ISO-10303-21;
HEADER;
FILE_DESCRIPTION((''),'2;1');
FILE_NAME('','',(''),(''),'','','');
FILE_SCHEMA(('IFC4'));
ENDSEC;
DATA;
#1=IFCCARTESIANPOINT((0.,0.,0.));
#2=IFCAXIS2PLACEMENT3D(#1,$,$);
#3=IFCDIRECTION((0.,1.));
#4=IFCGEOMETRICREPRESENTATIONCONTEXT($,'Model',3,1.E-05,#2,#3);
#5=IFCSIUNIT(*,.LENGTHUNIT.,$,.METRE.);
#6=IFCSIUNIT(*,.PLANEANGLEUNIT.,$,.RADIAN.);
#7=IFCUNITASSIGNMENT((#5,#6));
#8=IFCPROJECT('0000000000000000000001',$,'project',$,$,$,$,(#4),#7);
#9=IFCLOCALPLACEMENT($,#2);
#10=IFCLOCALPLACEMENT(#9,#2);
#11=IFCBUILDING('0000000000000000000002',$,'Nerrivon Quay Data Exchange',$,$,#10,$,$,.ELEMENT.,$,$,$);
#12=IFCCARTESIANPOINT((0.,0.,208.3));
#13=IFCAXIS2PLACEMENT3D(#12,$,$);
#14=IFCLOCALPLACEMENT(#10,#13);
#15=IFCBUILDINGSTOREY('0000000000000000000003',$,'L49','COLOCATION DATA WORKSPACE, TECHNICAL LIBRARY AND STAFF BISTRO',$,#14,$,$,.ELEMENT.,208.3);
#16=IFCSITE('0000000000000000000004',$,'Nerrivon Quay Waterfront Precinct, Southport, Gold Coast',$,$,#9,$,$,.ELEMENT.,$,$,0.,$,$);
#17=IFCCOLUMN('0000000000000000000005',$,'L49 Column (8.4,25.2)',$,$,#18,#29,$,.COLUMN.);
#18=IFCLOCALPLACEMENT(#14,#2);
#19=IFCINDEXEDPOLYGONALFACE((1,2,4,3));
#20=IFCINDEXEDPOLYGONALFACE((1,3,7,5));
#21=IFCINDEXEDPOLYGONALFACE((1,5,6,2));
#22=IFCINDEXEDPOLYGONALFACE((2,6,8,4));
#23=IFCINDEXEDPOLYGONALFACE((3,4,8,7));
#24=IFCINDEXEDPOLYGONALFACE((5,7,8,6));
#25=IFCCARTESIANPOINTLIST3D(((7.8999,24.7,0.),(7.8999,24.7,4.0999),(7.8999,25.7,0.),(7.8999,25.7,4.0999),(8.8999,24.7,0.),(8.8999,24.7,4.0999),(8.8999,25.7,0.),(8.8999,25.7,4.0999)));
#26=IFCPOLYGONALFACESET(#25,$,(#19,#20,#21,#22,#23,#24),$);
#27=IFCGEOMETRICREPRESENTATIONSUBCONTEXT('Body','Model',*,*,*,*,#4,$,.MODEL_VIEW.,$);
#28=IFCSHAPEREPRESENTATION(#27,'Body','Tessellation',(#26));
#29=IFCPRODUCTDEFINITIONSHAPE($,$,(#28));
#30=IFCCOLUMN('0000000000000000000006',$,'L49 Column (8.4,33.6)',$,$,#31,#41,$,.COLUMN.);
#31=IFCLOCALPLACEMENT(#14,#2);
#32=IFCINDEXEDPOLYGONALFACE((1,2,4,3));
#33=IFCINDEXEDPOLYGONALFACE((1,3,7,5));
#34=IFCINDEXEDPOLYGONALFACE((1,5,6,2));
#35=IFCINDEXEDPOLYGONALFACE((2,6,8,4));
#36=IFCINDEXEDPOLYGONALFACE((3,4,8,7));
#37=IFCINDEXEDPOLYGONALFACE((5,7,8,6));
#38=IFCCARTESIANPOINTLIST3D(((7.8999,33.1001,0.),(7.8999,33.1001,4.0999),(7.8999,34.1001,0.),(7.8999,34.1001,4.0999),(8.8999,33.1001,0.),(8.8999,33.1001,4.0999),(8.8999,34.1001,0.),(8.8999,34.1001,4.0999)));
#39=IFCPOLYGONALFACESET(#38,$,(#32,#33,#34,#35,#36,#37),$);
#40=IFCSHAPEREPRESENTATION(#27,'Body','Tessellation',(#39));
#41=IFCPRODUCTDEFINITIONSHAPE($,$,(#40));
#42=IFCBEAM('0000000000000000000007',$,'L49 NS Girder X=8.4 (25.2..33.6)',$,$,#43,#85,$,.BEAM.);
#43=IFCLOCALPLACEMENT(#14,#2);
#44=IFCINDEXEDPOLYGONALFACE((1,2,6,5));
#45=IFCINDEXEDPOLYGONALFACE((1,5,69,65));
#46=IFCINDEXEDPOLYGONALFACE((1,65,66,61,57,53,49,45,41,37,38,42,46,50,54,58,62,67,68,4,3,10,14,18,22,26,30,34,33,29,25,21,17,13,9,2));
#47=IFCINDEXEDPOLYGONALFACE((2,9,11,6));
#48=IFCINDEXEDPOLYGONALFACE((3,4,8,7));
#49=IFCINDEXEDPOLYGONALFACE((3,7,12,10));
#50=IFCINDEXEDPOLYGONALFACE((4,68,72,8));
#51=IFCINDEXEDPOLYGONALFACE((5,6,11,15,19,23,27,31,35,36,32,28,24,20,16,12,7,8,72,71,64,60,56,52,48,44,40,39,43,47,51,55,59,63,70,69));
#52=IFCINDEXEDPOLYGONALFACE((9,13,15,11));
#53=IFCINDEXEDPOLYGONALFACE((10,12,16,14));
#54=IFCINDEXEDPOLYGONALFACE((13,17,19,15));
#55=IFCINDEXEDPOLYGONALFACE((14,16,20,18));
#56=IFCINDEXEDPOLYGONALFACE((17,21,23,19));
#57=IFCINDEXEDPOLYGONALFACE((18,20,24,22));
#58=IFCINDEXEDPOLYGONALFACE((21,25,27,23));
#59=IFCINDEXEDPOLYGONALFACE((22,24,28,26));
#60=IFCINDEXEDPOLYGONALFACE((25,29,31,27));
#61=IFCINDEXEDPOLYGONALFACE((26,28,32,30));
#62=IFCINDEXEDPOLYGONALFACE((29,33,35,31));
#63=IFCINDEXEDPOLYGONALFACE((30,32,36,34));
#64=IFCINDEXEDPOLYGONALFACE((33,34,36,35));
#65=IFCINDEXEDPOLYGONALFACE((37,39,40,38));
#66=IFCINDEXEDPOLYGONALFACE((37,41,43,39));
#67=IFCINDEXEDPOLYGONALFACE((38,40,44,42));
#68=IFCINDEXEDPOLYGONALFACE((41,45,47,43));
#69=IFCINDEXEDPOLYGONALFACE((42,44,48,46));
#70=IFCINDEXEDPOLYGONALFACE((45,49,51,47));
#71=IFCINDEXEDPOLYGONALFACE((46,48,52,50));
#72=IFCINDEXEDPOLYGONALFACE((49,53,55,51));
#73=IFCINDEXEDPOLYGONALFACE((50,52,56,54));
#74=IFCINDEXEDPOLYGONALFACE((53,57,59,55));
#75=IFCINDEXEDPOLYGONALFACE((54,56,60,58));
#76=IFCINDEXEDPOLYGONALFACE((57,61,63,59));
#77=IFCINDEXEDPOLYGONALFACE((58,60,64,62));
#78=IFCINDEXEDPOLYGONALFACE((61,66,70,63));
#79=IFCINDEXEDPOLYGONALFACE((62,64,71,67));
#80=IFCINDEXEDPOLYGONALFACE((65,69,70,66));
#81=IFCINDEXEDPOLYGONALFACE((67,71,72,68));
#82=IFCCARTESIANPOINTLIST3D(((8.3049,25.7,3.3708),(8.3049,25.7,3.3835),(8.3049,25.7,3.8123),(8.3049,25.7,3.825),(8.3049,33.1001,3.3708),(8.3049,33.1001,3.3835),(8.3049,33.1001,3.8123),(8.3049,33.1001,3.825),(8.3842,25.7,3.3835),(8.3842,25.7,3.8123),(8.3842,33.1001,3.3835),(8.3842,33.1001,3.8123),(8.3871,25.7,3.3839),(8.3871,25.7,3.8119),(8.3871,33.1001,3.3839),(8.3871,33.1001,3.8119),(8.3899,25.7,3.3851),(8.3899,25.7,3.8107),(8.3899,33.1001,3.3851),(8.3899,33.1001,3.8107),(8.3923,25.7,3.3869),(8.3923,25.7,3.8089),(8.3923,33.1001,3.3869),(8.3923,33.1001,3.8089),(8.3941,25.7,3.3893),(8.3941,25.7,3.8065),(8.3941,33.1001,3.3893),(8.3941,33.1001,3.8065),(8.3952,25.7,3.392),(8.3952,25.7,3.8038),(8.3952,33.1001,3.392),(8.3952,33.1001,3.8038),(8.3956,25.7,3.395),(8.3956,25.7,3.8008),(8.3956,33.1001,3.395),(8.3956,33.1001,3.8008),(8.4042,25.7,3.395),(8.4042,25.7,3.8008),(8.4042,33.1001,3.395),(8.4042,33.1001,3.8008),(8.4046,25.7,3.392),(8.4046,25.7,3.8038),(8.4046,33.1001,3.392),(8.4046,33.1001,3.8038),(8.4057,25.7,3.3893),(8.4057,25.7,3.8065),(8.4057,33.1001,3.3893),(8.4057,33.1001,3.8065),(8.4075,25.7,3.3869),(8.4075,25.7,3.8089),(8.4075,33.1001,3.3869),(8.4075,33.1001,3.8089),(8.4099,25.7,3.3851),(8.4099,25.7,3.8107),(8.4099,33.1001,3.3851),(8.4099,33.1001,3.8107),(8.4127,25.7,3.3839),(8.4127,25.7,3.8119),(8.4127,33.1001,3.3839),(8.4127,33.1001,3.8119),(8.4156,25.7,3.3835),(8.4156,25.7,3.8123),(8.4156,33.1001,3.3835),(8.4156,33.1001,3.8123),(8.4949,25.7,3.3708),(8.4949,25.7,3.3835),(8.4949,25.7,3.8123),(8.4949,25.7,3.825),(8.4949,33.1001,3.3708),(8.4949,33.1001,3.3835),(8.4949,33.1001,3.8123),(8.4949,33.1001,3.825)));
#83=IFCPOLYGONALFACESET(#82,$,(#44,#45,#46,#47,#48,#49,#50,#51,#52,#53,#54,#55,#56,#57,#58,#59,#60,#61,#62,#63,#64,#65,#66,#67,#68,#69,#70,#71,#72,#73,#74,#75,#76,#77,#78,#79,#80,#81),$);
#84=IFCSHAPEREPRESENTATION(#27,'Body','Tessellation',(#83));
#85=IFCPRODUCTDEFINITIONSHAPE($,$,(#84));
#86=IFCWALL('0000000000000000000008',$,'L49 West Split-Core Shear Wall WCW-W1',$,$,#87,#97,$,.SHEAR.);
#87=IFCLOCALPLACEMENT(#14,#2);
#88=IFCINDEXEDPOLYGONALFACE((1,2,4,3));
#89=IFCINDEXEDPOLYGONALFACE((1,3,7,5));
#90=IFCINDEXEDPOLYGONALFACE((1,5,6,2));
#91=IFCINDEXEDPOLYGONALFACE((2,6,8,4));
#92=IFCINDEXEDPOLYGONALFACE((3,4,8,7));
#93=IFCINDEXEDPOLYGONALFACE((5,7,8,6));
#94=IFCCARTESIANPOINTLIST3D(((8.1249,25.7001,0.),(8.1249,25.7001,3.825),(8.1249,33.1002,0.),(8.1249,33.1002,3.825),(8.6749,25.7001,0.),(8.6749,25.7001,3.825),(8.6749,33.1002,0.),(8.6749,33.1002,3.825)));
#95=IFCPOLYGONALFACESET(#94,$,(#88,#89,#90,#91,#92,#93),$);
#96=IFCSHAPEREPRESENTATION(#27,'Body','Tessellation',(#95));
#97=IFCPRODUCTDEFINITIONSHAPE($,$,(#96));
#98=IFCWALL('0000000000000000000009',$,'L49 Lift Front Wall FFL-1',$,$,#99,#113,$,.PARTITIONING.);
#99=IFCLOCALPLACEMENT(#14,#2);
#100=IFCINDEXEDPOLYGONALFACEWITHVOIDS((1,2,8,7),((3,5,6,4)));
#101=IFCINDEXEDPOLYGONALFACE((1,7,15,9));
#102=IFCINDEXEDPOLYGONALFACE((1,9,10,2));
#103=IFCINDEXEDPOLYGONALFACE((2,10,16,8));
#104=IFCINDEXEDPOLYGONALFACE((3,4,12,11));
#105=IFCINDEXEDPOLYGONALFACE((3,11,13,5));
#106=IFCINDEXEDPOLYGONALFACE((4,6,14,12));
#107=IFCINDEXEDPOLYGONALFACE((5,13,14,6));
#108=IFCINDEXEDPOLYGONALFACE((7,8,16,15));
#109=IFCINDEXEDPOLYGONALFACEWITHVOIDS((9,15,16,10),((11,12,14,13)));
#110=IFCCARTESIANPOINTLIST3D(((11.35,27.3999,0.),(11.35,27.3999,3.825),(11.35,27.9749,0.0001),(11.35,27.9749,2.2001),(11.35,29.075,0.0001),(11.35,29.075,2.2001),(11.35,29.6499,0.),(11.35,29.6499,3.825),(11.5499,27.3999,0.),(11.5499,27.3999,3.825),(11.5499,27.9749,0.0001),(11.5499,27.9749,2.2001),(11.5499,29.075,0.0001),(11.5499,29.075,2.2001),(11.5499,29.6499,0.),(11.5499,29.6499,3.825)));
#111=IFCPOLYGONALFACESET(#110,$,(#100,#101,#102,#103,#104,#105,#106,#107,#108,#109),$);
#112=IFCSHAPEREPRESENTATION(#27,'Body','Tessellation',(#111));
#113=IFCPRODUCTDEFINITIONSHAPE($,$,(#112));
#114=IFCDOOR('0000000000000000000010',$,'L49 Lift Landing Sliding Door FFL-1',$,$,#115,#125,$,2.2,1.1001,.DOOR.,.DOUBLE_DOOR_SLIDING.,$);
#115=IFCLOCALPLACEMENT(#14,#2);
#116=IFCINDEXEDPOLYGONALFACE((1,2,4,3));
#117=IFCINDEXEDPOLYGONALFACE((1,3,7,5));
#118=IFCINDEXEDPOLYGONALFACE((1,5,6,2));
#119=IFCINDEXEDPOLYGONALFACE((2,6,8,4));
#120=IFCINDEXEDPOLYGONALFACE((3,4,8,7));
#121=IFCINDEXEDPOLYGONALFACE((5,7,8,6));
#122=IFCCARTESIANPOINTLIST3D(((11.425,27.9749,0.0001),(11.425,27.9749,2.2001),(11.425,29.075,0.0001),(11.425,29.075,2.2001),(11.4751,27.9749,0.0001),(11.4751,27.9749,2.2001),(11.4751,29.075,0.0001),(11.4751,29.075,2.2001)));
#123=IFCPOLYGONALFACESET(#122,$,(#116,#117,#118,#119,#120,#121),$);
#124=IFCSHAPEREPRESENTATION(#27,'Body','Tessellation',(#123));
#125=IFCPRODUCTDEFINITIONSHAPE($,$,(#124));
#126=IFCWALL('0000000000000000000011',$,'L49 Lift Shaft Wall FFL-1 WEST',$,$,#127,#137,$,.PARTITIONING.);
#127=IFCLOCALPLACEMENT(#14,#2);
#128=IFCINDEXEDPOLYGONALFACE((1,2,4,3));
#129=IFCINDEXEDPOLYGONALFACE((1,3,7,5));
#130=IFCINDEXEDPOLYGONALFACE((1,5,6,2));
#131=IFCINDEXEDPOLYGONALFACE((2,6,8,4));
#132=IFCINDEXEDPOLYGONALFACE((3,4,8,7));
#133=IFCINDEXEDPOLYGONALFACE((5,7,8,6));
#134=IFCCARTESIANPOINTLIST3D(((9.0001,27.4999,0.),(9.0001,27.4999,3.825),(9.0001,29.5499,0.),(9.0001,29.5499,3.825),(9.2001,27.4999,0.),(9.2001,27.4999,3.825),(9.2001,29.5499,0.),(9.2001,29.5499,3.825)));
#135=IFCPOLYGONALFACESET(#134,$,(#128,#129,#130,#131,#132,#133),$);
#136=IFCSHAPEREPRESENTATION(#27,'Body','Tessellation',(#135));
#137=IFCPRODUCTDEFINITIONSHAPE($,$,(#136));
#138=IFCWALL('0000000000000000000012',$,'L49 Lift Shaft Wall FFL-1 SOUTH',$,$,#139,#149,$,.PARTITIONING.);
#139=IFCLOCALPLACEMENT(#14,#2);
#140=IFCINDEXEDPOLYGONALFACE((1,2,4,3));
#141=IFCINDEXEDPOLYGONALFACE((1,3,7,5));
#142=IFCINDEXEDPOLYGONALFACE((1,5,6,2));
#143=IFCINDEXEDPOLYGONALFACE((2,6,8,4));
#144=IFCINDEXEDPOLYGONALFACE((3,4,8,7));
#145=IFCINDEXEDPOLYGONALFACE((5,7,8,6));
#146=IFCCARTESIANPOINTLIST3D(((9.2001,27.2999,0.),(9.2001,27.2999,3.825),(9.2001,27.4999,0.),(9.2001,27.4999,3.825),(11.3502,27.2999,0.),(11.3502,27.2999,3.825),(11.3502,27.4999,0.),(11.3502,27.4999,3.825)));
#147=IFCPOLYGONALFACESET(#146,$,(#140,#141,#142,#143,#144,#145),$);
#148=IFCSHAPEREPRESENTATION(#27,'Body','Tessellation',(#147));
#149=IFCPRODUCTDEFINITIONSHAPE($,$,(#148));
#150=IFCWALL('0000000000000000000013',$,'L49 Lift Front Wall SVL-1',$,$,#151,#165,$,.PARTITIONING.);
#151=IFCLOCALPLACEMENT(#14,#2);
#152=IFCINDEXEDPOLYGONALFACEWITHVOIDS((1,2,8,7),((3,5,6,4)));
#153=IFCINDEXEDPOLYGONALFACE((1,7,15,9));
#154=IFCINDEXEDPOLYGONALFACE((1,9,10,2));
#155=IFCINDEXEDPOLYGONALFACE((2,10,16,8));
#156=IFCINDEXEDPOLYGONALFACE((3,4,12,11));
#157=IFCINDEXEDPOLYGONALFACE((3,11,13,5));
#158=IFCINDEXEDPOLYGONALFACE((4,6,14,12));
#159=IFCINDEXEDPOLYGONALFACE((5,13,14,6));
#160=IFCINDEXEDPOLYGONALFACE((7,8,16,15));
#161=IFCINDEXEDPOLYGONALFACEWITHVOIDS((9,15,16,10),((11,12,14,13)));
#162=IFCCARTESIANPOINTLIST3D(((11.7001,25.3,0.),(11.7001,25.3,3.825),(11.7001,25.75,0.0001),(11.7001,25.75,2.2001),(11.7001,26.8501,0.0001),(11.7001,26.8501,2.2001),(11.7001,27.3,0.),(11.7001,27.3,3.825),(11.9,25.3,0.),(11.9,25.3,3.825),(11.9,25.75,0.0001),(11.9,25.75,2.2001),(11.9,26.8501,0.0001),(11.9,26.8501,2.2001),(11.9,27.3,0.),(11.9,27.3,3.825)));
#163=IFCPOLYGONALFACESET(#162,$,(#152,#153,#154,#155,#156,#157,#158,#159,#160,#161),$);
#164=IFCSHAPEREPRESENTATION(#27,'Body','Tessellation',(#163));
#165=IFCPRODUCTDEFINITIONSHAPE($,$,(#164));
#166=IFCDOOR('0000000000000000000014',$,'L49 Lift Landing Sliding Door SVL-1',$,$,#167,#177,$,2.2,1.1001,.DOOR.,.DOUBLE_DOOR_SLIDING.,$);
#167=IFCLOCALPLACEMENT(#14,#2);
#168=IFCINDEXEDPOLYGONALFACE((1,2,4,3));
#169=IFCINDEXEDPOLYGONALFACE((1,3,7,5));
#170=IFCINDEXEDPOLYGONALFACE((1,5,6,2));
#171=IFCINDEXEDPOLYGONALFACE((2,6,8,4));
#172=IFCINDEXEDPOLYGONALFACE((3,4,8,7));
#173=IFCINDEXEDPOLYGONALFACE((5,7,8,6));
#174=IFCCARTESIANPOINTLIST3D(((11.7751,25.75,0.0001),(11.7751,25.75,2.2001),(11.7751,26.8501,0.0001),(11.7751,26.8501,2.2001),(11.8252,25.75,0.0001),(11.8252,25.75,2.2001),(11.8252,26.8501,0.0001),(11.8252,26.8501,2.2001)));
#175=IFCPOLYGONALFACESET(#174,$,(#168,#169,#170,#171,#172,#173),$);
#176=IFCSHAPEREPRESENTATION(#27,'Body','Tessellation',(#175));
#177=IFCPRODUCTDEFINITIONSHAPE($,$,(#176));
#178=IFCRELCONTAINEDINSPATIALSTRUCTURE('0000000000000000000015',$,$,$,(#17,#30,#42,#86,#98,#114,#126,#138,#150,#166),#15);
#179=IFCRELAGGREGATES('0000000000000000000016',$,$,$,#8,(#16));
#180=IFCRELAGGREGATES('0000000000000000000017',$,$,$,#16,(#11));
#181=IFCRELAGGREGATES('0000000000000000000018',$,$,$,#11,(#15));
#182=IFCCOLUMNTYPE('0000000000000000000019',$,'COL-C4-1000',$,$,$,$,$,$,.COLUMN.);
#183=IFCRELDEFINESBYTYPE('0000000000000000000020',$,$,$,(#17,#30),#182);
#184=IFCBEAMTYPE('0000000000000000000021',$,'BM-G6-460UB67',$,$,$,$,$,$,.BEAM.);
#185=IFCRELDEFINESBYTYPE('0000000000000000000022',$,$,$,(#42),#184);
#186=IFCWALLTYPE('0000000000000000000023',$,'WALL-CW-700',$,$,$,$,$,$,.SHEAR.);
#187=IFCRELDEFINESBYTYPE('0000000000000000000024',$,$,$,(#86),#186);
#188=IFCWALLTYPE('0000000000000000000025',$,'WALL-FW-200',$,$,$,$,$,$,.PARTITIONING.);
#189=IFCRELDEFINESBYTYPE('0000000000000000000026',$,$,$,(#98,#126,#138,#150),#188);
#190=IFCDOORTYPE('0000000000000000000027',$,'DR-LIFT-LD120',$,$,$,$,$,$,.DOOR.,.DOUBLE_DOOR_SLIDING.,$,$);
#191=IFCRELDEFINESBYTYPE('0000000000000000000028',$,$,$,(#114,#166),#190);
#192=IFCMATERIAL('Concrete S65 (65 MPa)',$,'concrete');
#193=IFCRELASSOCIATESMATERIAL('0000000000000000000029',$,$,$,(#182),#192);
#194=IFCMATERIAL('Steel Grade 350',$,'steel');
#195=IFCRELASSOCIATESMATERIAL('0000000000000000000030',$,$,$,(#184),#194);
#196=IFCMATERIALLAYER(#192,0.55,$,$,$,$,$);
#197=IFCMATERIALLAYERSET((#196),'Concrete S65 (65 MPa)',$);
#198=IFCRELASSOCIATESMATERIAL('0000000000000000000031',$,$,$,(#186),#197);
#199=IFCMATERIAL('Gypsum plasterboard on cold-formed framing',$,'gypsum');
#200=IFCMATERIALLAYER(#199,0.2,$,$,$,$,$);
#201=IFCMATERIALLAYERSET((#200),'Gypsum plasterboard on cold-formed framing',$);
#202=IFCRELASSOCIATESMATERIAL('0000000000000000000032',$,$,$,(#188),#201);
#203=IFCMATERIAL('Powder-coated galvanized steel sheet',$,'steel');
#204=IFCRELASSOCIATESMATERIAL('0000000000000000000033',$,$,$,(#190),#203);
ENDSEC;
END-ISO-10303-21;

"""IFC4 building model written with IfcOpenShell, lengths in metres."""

from ifc_helpers import new_model, si_unit, direction, frame, frame_2d, origin, origin_2d, place, context, subcontext, project, spatial, rectangle, i_section, extrude, material, layer, layer_set, material_profile, profile_set, type_object, element, fill, save


model = new_model("IFC4")

# Units and contexts
model_context = context("Model", 3, precision=1e-05, world=origin(), true_north=direction((0.0, 1.0)))
body_context = subcontext(model_context, "Body", "Model", "MODEL_VIEW")
ifc_project = project(units=[si_unit("LENGTHUNIT", "METRE"), si_unit("PLANEANGLEUNIT", "RADIAN")], contexts=[model_context])

# Site, building, storey
site_placement = place(None, origin())
site = spatial("IfcSite", under=ifc_project, at=site_placement, Name="Nerrivon Quay Waterfront Precinct, Southport, Gold Coast", CompositionType="ELEMENT", RefElevation=0.0)
building_placement = place(site_placement, origin())
building = spatial("IfcBuilding", under=site, at=building_placement, Name="Nerrivon Quay Data Exchange", CompositionType="ELEMENT")
storey_placement = place(building_placement, frame((0.0, 0.0, 208.3)))
storey = spatial("IfcBuildingStorey", under=building, at=storey_placement, Name="L49", Description="COLOCATION DATA WORKSPACE, TECHNICAL LIBRARY AND STAFF BISTRO", CompositionType="ELEMENT", Elevation=208.3)

# Columns
ifc_material_1 = material(Name="Concrete S65 (65 MPa)", Category="concrete")
ifc_material_profile_1 = material_profile(ifc_material_1, rectangle(XDim=1.0, YDim=1.0, at=origin_2d()), Name="RC-COL-1000x1000")
ifc_profile_set_1 = profile_set([ifc_material_profile_1], Name="Concrete S65 (65 MPa)")
column_type = type_object("IfcColumnType", Name="COL-C4-1000", PredefinedType="COLUMN", material=ifc_profile_set_1)
for number, where, z_axis, x_axis, name in (
    (1, (8.3999, 25.2, 0.0), (0.0, 0.0, 1.0), (1.0, 0.0, 0.0), "L49 Column (8.4,25.2)"),
    (2, (8.3999, 33.6001, 0.0), (0.0, 0.0, 1.0), (1.0, 0.0, 0.0), "L49 Column (8.4,33.6)"),
):
    element("IfcColumn", number, at=place(storey_placement, frame(where, z_axis=z_axis, x_axis=x_axis)), inside=storey, type_object=column_type, Name=name, PredefinedType="COLUMN", context=body_context, shape_type="SweptSolid", body=[
        extrude(rectangle(XDim=1.0, YDim=1.0, at=origin_2d()), origin(), (0.0, 0.0, 1.0), 4.0999),
    ])

# Beam
ifc_material_2 = material(Name="Steel Grade 350", Category="steel")
ifc_material_profile_2 = material_profile(ifc_material_2, i_section(OverallWidth=0.1899, OverallDepth=0.4541, WebThickness=0.0085, FlangeThickness=0.0127, FilletRadius=0.0115, at=origin_2d()), Name="460UB67.1")
ifc_profile_set_2 = profile_set([ifc_material_profile_2], Name="Steel Grade 350")
beam_type = type_object("IfcBeamType", Name="BM-G6-460UB67", PredefinedType="BEAM", material=ifc_profile_set_2)
beam_placement = place(storey_placement, frame((8.3999, 25.7, 3.5979), z_axis=(0.0, 1.0, 0.0), x_axis=(-1.0, 0.0, 0.0)))
element("IfcBeam", 3, at=beam_placement, inside=storey, type_object=beam_type, Name="L49 NS Girder X=8.4 (25.2..33.6)", PredefinedType="BEAM", context=body_context, shape_type="SweptSolid", body=[
    extrude(i_section(OverallWidth=0.1899, OverallDepth=0.4541, WebThickness=0.0085, FlangeThickness=0.0127, FilletRadius=0.0115, at=origin_2d()), origin(), (0.0, 0.0, 1.0), 7.4001),
])

# Wall
ifc_layer_1 = layer(ifc_material_1, 0.55)
ifc_layer_set_1 = layer_set([ifc_layer_1], Name="Concrete S65 (65 MPa)")
wall_type_1 = type_object("IfcWallType", Name="WALL-CW-700", PredefinedType="SHEAR", material=ifc_layer_set_1)
wall_1_placement = place(storey_placement, frame((8.3999, 25.7, 0.0), z_axis=(0.0, 0.0, 1.0), x_axis=(0.0, 1.0, 0.0)))
element("IfcWall", 4, at=wall_1_placement, inside=storey, type_object=wall_type_1, Name="L49 West Split-Core Shear Wall WCW-W1", PredefinedType="SHEAR", context=body_context, shape_type="SweptSolid", body=[
    extrude(rectangle(XDim=7.4001, YDim=0.55, at=frame_2d((3.7002, 0.0))), origin(), (0.0, 0.0, 1.0), 3.825),
])

# Wall, opening, door
ifc_material_3 = material(Name="Powder-coated galvanized steel sheet", Category="steel")
ifc_material_4 = material(Name="Gypsum plasterboard on cold-formed framing", Category="gypsum")
ifc_layer_2 = layer(ifc_material_4, 0.2)
ifc_layer_set_2 = layer_set([ifc_layer_2], Name="Gypsum plasterboard on cold-formed framing")
wall_type_2 = type_object("IfcWallType", Name="WALL-FW-200", PredefinedType="PARTITIONING", material=ifc_layer_set_2)
wall_2_placement = place(storey_placement, frame((11.45, 27.3999, 0.0), z_axis=(0.0, 0.0, 1.0), x_axis=(0.0, 1.0, 0.0)))
wall_2 = element("IfcWall", 5, at=wall_2_placement, inside=storey, type_object=wall_type_2, Name="L49 Lift Front Wall FFL-1", PredefinedType="PARTITIONING", context=body_context, shape_type="SweptSolid", body=[
    extrude(rectangle(XDim=2.25, YDim=0.2, at=frame_2d((1.125, 0.0))), origin(), (0.0, 0.0, 1.0), 3.825),
])
opening_1_placement = place(wall_2_placement, frame((0.575, 0.0, 0.0)))
opening_1 = element("IfcOpeningElement", 6, at=opening_1_placement, cuts=wall_2, PredefinedType="OPENING", context=body_context, shape_type="SweptSolid", body=[
    extrude(rectangle(XDim=1.1001, YDim=2.2, at=frame_2d((0.55, 1.1001))), frame((0.0, 0.1099, 0.0), z_axis=(0.0, -1.0, 0.0), x_axis=(1.0, 0.0, 0.0)), (0.0, 0.0, 1.0), 0.22),
])
door_type_1 = type_object("IfcDoorType", Name="DR-LIFT-LD120", OperationType="DOUBLE_DOOR_SLIDING", PredefinedType="DOOR", material=ifc_material_3)
door_1_placement = place(opening_1_placement, origin())
door_1 = element("IfcDoor", 7, at=door_1_placement, inside=storey, type_object=door_type_1, Name="L49 Lift Landing Sliding Door FFL-1", OperationType="DOUBLE_DOOR_SLIDING", OverallHeight=2.2, OverallWidth=1.1001, PredefinedType="DOOR", context=body_context, shape_type="SweptSolid", body=[
    extrude(rectangle(XDim=1.1001, YDim=2.2, at=frame_2d((0.55, 1.1001))), frame((0.0, 0.0249, 0.0), z_axis=(0.0, -1.0, 0.0), x_axis=(1.0, 0.0, 0.0)), (0.0, 0.0, 1.0), 0.05),
])
fill(opening_1, door_1)

# Walls
wall_3_placement = place(storey_placement, frame((9.1001, 27.5, 0.0), z_axis=(0.0, 0.0, 1.0), x_axis=(0.0, 1.0, 0.0)))
element("IfcWall", 8, at=wall_3_placement, inside=storey, type_object=wall_type_2, Name="L49 Lift Shaft Wall FFL-1 WEST", PredefinedType="PARTITIONING", context=body_context, shape_type="SweptSolid", body=[
    extrude(rectangle(XDim=2.05, YDim=0.2, at=frame_2d((1.0249, 0.0))), origin(), (0.0, 0.0, 1.0), 3.825),
])
wall_4_placement = place(storey_placement, frame((9.2, 27.3999, 0.0), z_axis=(0.0, 0.0, 1.0), x_axis=(1.0, 0.0, 0.0)))
element("IfcWall", 9, at=wall_4_placement, inside=storey, type_object=wall_type_2, Name="L49 Lift Shaft Wall FFL-1 SOUTH", PredefinedType="PARTITIONING", context=body_context, shape_type="SweptSolid", body=[
    extrude(rectangle(XDim=2.1501, YDim=0.2, at=frame_2d((1.0752, 0.0))), origin(), (0.0, 0.0, 1.0), 3.825),
])

# Wall, opening, door
wall_5_placement = place(storey_placement, frame((11.8, 25.3, 0.0), z_axis=(0.0, 0.0, 1.0), x_axis=(0.0, 1.0, 0.0)))
wall_5 = element("IfcWall", 10, at=wall_5_placement, inside=storey, type_object=wall_type_2, Name="L49 Lift Front Wall SVL-1", PredefinedType="PARTITIONING", context=body_context, shape_type="SweptSolid", body=[
    extrude(rectangle(XDim=2.0, YDim=0.2, at=frame_2d((1.0, 0.0))), origin(), (0.0, 0.0, 1.0), 3.825),
])
opening_2_placement = place(wall_5_placement, frame((0.45, 0.0, 0.0)))
opening_2 = element("IfcOpeningElement", 11, at=opening_2_placement, cuts=wall_5, PredefinedType="OPENING", context=body_context, shape_type="SweptSolid", body=[
    extrude(rectangle(XDim=1.1001, YDim=2.2, at=frame_2d((0.55, 1.1001))), frame((0.0, 0.1099, 0.0), z_axis=(0.0, -1.0, 0.0), x_axis=(1.0, 0.0, 0.0)), (0.0, 0.0, 1.0), 0.22),
])
door_2_placement = place(opening_2_placement, origin())
door_2 = element("IfcDoor", 12, at=door_2_placement, inside=storey, type_object=door_type_1, Name="L49 Lift Landing Sliding Door SVL-1", OperationType="DOUBLE_DOOR_SLIDING", OverallHeight=2.2, OverallWidth=1.1001, PredefinedType="DOOR", context=body_context, shape_type="SweptSolid", body=[
    extrude(rectangle(XDim=1.1001, YDim=2.2, at=frame_2d((0.55, 1.1001))), frame((0.0, 0.0249, 0.0), z_axis=(0.0, -1.0, 0.0), x_axis=(1.0, 0.0, 0.0)), (0.0, 0.0, 1.0), 0.05),
])
fill(opening_2, door_2)

save(model, "model.ifc")
